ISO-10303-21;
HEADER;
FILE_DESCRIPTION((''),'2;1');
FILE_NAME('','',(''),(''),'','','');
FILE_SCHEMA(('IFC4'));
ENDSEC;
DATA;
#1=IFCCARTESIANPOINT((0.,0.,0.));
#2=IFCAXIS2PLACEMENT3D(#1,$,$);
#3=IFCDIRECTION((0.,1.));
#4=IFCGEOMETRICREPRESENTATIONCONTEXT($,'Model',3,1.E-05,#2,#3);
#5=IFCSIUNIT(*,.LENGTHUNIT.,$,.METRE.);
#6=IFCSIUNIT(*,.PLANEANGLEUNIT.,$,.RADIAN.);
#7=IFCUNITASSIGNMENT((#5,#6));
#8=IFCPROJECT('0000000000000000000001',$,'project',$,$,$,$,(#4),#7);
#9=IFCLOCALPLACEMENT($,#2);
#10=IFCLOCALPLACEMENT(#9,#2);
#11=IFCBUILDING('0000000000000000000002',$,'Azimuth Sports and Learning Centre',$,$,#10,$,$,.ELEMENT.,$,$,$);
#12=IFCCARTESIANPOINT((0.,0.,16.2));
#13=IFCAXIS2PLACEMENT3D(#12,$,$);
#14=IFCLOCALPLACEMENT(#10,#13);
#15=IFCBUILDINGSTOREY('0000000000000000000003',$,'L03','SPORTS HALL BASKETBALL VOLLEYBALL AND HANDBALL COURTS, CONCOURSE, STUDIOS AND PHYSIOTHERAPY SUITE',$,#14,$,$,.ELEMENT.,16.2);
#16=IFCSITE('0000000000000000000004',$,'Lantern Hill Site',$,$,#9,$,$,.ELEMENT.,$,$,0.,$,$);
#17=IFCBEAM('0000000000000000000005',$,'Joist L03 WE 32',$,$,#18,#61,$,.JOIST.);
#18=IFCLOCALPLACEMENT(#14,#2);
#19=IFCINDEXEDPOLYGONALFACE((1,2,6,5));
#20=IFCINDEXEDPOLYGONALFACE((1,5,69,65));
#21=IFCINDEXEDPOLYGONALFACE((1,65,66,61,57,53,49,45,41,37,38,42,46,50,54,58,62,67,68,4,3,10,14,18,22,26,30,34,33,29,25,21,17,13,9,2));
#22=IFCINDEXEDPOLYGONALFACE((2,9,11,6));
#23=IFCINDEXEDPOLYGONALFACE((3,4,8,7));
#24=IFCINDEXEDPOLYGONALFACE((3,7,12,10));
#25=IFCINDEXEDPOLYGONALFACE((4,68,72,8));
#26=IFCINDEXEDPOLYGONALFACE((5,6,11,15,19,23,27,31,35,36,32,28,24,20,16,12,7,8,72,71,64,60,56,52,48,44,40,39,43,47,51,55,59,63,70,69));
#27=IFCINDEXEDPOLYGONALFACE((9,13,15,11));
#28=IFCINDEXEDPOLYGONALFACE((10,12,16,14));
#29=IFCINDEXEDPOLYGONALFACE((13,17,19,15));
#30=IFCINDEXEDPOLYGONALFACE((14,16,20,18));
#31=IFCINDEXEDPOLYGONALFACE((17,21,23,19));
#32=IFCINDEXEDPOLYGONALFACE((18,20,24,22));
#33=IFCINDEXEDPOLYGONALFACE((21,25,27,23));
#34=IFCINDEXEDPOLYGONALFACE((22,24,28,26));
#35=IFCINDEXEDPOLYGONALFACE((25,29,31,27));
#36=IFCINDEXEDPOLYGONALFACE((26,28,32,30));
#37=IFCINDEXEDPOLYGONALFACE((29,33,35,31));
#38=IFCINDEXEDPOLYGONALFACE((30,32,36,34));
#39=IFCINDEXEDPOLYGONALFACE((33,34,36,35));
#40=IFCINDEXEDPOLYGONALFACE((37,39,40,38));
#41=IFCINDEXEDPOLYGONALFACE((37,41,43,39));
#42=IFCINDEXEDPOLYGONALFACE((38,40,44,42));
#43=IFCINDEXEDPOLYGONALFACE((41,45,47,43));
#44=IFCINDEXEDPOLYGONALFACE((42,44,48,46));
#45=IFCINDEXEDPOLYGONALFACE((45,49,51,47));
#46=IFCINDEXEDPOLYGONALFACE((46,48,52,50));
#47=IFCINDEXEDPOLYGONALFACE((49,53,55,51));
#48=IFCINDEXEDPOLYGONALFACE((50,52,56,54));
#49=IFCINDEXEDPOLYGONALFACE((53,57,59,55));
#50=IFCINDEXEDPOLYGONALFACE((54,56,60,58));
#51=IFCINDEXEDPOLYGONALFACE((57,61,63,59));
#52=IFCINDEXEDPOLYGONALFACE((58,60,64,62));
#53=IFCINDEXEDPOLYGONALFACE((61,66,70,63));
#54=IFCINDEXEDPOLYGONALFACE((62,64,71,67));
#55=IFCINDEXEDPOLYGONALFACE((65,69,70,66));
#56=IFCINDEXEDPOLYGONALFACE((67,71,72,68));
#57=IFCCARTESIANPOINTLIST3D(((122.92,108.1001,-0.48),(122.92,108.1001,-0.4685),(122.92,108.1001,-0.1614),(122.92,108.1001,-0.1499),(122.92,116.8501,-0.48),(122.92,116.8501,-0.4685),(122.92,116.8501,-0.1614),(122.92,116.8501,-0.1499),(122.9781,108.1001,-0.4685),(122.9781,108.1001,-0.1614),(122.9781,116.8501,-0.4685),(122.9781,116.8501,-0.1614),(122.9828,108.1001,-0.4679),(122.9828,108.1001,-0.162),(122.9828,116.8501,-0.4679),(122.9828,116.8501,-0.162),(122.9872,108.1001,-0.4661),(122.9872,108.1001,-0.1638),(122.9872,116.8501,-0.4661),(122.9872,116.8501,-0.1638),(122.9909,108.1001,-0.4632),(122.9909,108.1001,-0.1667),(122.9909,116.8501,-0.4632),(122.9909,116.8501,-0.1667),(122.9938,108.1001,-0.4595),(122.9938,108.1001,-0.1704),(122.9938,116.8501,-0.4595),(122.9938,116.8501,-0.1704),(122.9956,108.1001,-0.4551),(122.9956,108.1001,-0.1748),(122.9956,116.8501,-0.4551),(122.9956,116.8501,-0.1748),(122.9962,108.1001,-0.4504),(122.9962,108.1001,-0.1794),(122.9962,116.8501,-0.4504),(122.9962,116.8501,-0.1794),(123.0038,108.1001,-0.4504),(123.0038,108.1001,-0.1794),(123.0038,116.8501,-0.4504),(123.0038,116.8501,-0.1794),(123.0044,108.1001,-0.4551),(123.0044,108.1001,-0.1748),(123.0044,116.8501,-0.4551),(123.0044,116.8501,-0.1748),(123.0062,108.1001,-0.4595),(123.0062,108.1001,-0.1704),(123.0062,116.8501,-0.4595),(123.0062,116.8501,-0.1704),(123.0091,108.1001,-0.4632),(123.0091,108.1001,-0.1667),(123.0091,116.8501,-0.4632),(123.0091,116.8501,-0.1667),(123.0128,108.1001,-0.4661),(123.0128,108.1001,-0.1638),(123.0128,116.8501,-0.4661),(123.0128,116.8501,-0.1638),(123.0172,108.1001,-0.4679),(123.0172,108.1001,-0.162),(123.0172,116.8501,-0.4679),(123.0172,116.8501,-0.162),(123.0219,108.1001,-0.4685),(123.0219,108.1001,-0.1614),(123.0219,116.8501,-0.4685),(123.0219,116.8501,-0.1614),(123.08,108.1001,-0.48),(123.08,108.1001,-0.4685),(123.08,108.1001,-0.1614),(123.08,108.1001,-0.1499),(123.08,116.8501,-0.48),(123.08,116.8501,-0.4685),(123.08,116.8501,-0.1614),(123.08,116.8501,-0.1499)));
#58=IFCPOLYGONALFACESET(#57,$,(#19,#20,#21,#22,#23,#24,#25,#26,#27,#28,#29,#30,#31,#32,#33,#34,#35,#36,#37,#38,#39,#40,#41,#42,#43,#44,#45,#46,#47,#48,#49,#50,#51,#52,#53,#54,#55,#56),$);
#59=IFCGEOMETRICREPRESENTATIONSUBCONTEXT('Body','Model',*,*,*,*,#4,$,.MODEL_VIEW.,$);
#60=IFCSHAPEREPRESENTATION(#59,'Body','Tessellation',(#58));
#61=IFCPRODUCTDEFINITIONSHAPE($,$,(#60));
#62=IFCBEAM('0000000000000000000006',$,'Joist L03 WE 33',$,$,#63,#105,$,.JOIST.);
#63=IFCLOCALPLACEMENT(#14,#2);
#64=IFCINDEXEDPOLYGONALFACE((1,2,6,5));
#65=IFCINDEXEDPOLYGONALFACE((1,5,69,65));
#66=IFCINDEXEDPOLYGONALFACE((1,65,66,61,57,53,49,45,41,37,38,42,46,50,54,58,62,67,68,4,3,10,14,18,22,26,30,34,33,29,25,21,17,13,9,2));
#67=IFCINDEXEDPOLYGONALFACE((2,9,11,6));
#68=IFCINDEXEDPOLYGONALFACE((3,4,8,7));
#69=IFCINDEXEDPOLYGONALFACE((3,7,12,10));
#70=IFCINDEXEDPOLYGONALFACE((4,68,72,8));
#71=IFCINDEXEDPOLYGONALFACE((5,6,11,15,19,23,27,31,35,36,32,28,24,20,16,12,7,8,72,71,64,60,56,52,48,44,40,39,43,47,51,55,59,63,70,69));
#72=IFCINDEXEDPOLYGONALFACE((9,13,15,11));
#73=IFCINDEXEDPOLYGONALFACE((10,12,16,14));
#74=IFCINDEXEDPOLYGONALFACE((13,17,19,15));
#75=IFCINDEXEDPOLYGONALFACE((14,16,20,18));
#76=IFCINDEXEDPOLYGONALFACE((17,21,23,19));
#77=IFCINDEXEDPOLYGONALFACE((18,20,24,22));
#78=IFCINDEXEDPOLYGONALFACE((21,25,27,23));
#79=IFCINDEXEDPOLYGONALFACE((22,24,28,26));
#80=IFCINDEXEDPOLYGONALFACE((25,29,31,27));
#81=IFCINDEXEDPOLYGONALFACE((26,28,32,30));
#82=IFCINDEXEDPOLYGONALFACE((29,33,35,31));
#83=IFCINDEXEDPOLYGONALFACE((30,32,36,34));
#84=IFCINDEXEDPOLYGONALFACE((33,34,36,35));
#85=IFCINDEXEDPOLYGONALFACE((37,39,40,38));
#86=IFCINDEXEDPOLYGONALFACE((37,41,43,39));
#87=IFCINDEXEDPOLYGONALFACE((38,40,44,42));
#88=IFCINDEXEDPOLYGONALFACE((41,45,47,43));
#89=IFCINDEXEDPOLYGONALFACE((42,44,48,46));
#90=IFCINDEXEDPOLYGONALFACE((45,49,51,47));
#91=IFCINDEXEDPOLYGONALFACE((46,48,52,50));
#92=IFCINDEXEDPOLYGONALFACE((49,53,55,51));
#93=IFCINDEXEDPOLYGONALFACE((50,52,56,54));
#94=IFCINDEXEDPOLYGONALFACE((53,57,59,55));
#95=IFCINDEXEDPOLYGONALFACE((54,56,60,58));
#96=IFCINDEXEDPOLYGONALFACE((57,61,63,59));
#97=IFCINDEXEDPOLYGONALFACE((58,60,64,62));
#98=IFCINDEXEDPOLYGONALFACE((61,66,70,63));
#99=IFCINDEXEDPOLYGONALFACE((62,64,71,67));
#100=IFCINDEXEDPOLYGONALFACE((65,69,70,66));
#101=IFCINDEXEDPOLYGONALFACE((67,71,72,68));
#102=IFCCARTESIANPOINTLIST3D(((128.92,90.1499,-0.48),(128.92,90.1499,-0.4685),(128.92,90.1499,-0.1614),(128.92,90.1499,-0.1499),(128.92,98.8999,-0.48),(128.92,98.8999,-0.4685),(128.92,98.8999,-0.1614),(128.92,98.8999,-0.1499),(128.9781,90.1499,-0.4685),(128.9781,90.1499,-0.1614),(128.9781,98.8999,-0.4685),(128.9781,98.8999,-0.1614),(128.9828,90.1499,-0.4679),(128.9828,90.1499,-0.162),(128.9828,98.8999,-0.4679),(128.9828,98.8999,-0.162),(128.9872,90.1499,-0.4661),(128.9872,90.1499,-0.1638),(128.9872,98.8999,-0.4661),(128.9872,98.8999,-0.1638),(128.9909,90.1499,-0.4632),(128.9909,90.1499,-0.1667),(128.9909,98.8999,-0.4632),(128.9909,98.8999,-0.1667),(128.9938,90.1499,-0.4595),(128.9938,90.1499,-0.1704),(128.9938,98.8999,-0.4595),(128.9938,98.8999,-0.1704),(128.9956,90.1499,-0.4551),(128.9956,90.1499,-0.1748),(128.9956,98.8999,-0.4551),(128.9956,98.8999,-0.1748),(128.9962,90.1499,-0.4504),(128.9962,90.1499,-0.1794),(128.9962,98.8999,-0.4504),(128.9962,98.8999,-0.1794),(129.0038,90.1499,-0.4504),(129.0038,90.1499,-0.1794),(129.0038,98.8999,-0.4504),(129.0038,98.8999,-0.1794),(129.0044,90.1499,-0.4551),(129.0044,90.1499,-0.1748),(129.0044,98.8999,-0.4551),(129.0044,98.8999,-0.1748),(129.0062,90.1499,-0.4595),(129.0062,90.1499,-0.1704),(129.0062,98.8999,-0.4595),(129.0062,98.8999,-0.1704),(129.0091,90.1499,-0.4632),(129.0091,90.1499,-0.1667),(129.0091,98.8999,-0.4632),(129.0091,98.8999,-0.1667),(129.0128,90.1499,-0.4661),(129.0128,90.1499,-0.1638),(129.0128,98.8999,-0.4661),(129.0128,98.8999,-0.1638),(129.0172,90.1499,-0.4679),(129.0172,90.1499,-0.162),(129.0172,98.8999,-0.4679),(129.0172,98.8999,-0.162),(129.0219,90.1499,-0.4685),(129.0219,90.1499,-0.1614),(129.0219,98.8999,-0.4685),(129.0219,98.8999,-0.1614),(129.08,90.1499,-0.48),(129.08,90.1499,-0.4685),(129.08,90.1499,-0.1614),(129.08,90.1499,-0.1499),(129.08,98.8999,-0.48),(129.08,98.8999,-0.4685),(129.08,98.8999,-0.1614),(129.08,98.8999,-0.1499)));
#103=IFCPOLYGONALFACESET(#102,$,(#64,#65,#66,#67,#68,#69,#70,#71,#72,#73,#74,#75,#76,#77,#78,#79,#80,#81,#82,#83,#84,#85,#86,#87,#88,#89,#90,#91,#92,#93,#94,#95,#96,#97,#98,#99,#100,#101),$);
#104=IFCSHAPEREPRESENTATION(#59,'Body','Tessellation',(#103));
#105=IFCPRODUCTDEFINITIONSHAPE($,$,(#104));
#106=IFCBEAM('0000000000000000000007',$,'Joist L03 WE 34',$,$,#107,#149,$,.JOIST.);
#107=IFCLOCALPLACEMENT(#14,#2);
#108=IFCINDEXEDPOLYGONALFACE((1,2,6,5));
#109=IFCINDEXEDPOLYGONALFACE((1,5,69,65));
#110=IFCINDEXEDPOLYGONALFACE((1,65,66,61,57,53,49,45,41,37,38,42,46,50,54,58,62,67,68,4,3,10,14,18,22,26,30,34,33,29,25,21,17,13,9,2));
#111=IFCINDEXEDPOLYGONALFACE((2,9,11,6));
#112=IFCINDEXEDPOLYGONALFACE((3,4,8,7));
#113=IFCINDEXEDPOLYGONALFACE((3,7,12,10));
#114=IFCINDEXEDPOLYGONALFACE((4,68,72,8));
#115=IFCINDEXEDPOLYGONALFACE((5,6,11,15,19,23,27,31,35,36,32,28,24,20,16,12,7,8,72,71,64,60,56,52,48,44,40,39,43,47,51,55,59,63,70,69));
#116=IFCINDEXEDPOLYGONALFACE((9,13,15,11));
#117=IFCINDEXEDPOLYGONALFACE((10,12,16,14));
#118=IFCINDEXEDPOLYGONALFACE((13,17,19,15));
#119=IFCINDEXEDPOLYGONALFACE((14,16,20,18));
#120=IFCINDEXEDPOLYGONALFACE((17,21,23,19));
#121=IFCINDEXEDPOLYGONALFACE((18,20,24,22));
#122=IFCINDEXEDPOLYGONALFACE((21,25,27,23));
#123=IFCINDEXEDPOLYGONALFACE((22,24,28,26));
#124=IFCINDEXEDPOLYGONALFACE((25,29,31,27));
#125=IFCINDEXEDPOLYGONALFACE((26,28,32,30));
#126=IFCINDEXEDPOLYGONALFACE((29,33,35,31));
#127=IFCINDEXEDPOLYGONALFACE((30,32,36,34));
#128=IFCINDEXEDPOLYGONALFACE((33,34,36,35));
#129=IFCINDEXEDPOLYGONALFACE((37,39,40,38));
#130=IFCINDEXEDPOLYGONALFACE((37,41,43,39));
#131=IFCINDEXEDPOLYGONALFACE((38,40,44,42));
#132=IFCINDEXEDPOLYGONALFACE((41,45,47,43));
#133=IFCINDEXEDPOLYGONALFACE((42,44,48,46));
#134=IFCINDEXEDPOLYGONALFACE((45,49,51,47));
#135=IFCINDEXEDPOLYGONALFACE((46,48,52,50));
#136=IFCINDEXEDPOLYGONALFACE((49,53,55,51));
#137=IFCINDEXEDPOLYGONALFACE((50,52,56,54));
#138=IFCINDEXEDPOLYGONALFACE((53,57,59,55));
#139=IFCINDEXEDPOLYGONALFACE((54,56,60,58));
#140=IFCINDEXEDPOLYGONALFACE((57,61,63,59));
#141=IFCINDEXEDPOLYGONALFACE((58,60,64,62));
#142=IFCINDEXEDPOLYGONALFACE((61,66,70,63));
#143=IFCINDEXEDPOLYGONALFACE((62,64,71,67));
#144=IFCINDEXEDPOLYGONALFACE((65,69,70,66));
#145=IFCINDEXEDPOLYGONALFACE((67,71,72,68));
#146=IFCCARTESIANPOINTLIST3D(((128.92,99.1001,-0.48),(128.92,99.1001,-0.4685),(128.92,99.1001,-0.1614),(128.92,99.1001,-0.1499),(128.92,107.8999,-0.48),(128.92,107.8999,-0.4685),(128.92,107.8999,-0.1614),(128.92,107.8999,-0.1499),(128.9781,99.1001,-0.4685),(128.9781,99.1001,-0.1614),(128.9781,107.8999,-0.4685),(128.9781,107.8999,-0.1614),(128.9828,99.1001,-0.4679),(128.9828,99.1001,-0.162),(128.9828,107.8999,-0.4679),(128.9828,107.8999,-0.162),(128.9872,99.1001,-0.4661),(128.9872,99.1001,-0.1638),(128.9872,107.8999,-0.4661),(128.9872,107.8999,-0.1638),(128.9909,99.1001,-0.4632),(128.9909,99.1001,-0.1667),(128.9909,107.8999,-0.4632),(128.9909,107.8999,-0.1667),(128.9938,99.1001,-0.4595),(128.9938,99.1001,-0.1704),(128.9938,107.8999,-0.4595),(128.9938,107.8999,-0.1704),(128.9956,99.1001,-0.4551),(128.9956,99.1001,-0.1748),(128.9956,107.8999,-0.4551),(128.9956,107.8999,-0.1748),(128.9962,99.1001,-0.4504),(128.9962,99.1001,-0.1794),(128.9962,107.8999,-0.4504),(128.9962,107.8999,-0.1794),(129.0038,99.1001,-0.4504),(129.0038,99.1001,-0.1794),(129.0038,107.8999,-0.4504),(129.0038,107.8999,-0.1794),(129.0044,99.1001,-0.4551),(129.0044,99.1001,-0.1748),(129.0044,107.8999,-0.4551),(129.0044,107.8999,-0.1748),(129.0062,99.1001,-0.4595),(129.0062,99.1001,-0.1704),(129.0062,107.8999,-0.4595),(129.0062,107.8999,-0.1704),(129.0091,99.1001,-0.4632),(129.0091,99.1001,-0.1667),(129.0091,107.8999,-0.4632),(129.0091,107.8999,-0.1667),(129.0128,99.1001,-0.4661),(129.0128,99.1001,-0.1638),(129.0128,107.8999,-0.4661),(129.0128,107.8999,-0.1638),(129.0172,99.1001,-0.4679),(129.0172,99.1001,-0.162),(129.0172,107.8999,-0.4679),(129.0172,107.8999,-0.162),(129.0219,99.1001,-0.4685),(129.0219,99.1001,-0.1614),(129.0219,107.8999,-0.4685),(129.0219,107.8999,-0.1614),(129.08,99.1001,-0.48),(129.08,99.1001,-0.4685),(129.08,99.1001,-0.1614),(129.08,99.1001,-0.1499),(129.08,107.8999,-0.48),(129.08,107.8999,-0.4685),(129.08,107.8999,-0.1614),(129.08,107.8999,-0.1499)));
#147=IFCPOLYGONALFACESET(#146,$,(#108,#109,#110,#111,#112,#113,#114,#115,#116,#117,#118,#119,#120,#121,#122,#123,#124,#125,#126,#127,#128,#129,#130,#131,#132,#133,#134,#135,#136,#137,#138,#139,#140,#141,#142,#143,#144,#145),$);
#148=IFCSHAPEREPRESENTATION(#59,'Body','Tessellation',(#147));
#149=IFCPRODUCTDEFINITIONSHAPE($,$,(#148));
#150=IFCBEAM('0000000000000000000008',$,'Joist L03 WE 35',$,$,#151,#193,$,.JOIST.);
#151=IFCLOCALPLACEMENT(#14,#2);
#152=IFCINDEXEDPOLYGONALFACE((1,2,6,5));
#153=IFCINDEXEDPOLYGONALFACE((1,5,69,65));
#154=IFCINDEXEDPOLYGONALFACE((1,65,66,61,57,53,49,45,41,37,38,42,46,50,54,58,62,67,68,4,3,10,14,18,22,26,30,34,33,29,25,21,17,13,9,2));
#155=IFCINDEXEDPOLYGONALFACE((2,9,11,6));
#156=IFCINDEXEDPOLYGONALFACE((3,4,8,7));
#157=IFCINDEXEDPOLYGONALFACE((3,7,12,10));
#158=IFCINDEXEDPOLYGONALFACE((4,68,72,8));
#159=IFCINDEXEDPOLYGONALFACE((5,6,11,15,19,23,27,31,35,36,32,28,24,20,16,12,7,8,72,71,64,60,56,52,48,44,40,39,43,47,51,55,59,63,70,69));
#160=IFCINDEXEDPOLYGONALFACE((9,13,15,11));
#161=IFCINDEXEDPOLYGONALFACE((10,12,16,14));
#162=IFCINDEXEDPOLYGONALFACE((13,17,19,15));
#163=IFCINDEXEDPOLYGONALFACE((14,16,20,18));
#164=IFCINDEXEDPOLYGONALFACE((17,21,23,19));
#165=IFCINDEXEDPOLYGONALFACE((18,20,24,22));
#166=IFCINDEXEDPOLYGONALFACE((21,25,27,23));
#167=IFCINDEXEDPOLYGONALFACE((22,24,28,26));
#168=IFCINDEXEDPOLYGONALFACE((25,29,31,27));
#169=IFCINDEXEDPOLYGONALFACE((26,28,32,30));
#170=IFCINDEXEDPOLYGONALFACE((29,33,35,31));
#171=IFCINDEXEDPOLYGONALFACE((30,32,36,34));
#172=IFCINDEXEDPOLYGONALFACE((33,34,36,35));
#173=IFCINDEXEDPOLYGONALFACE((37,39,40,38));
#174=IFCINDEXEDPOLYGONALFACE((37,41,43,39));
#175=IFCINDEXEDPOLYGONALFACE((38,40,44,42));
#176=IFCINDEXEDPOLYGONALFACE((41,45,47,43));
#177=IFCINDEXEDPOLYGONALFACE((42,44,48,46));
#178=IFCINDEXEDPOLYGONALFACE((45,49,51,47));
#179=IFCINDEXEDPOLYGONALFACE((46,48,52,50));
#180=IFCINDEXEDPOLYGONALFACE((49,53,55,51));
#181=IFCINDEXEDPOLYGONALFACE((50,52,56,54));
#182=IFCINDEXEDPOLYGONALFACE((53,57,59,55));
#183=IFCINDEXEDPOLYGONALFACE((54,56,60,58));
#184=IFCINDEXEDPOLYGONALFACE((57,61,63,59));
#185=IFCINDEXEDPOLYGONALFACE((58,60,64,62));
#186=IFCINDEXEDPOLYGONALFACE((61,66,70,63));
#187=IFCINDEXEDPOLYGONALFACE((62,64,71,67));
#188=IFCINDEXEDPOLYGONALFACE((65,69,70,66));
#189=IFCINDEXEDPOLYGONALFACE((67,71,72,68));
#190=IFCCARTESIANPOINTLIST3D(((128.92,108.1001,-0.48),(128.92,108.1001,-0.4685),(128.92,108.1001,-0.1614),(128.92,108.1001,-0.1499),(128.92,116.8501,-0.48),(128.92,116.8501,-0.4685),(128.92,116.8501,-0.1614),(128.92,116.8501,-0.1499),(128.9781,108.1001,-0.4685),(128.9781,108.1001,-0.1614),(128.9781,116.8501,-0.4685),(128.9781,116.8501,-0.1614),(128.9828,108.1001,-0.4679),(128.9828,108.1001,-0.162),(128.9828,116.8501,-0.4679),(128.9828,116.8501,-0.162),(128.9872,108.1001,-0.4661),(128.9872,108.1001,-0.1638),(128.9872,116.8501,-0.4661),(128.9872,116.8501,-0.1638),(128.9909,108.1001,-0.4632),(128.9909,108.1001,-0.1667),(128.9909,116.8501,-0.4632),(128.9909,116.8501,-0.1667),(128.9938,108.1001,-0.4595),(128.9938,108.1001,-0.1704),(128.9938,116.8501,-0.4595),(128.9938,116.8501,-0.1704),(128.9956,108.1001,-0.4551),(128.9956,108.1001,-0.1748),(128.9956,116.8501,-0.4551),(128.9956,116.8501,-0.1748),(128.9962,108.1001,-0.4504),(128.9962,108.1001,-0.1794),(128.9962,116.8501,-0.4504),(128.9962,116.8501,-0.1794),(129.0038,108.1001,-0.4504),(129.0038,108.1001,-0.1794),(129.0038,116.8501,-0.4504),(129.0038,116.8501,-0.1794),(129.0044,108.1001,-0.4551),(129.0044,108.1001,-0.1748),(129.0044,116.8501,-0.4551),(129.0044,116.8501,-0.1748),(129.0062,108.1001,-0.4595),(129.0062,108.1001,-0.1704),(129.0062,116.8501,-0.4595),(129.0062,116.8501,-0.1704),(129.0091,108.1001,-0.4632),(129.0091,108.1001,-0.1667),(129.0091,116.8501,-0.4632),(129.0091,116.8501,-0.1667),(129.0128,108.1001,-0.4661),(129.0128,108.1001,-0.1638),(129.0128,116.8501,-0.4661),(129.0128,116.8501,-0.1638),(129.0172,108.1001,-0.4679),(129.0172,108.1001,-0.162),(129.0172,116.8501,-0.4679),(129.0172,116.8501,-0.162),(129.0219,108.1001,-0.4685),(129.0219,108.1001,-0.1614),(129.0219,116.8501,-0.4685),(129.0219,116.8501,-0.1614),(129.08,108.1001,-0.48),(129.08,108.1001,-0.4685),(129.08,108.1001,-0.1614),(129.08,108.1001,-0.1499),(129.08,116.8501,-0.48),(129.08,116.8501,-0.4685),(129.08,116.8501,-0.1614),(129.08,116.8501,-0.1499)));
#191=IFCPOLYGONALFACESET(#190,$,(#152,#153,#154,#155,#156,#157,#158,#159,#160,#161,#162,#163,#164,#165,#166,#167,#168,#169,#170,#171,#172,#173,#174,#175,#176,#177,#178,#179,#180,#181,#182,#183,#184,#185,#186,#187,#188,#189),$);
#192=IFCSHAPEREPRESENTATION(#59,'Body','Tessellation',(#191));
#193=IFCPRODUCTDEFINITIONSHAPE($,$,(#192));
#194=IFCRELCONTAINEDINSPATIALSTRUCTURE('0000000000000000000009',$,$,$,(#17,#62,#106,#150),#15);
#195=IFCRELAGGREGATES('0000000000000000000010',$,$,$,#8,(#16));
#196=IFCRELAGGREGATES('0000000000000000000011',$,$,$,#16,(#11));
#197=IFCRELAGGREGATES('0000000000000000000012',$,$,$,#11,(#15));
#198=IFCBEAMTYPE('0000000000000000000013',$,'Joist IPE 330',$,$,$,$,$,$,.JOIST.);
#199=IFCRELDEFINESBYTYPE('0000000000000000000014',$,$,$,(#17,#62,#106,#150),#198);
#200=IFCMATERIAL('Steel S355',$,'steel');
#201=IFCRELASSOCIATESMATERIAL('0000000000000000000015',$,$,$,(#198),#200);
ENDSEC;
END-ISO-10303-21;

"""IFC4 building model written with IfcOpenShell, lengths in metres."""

from ifc_helpers import new_model, si_unit, direction, frame, origin, origin_2d, place, context, subcontext, project, spatial, i_section, extrude, material, material_profile, profile_set, type_object, element, save


model = new_model("IFC4")

# Units and contexts
model_context = context("Model", 3, precision=1e-05, world=origin(), true_north=direction((0.0, 1.0)))
body_context = subcontext(model_context, "Body", "Model", "MODEL_VIEW")
ifc_project = project(units=[si_unit("LENGTHUNIT", "METRE"), si_unit("PLANEANGLEUNIT", "RADIAN")], contexts=[model_context])

# Site, building, storey
site_placement = place(None, origin())
site = spatial("IfcSite", under=ifc_project, at=site_placement, Name="Lantern Hill Site", CompositionType="ELEMENT", RefElevation=0.0)
building_placement = place(site_placement, origin())
building = spatial("IfcBuilding", under=site, at=building_placement, Name="Azimuth Sports and Learning Centre", CompositionType="ELEMENT")
storey_placement = place(building_placement, frame((0.0, 0.0, 16.2)))
storey = spatial("IfcBuildingStorey", under=building, at=storey_placement, Name="L03", Description="SPORTS HALL BASKETBALL VOLLEYBALL AND HANDBALL COURTS, CONCOURSE, STUDIOS AND PHYSIOTHERAPY SUITE", CompositionType="ELEMENT", Elevation=16.2)

# Beams
ifc_material_1 = material(Name="Steel S355", Category="steel")
ifc_material_profile_1 = material_profile(ifc_material_1, i_section(OverallWidth=0.1599, OverallDepth=0.3301, WebThickness=0.0076, FlangeThickness=0.0115, FilletRadius=0.0181, at=origin_2d()), Name="IPE 330")
ifc_profile_set_1 = profile_set([ifc_material_profile_1], Name="Steel S355")
beam_type_1 = type_object("IfcBeamType", Name="Joist IPE 330", PredefinedType="JOIST", material=ifc_profile_set_1)
for number, where, z_axis, x_axis, name in (
    (1, (123.0, 108.1001, -0.3149), (0.0, 1.0, 0.0), (-1.0, 0.0, 0.0), "Joist L03 WE 32"),
    (2, (129.0, 90.1499, -0.3149), (0.0, 1.0, 0.0), (-1.0, 0.0, 0.0), "Joist L03 WE 33"),
):
    element("IfcBeam", number, at=place(storey_placement, frame(where, z_axis=z_axis, x_axis=x_axis)), inside=storey, type_object=beam_type_1, Name=name, PredefinedType="JOIST", context=body_context, shape_type="SweptSolid", body=[
        extrude(i_section(OverallWidth=0.1599, OverallDepth=0.3301, WebThickness=0.0076, FlangeThickness=0.0115, FilletRadius=0.0181, at=origin_2d()), origin(), (0.0, 0.0, 1.0), 8.75),
    ])
beam_1_placement = place(storey_placement, frame((129.0, 99.1001, -0.3149), z_axis=(0.0, 1.0, 0.0), x_axis=(-1.0, 0.0, 0.0)))
element("IfcBeam", 3, at=beam_1_placement, inside=storey, type_object=beam_type_1, Name="Joist L03 WE 34", PredefinedType="JOIST", context=body_context, shape_type="SweptSolid", body=[
    extrude(i_section(OverallWidth=0.1599, OverallDepth=0.3301, WebThickness=0.0076, FlangeThickness=0.0115, FilletRadius=0.0181, at=origin_2d()), origin(), (0.0, 0.0, 1.0), 8.7998),
])
for number, where, z_axis, x_axis, name in (
    (4, (129.0, 108.1001, -0.3149), (0.0, 1.0, 0.0), (-1.0, 0.0, 0.0), "Joist L03 WE 35"),
):
    element("IfcBeam", number, at=place(storey_placement, frame(where, z_axis=z_axis, x_axis=x_axis)), inside=storey, type_object=beam_type_1, Name=name, PredefinedType="JOIST", context=body_context, shape_type="SweptSolid", body=[
        extrude(i_section(OverallWidth=0.1599, OverallDepth=0.3301, WebThickness=0.0076, FlangeThickness=0.0115, FilletRadius=0.0181, at=origin_2d()), origin(), (0.0, 0.0, 1.0), 8.75),
    ])

save(model, "model.ifc")
